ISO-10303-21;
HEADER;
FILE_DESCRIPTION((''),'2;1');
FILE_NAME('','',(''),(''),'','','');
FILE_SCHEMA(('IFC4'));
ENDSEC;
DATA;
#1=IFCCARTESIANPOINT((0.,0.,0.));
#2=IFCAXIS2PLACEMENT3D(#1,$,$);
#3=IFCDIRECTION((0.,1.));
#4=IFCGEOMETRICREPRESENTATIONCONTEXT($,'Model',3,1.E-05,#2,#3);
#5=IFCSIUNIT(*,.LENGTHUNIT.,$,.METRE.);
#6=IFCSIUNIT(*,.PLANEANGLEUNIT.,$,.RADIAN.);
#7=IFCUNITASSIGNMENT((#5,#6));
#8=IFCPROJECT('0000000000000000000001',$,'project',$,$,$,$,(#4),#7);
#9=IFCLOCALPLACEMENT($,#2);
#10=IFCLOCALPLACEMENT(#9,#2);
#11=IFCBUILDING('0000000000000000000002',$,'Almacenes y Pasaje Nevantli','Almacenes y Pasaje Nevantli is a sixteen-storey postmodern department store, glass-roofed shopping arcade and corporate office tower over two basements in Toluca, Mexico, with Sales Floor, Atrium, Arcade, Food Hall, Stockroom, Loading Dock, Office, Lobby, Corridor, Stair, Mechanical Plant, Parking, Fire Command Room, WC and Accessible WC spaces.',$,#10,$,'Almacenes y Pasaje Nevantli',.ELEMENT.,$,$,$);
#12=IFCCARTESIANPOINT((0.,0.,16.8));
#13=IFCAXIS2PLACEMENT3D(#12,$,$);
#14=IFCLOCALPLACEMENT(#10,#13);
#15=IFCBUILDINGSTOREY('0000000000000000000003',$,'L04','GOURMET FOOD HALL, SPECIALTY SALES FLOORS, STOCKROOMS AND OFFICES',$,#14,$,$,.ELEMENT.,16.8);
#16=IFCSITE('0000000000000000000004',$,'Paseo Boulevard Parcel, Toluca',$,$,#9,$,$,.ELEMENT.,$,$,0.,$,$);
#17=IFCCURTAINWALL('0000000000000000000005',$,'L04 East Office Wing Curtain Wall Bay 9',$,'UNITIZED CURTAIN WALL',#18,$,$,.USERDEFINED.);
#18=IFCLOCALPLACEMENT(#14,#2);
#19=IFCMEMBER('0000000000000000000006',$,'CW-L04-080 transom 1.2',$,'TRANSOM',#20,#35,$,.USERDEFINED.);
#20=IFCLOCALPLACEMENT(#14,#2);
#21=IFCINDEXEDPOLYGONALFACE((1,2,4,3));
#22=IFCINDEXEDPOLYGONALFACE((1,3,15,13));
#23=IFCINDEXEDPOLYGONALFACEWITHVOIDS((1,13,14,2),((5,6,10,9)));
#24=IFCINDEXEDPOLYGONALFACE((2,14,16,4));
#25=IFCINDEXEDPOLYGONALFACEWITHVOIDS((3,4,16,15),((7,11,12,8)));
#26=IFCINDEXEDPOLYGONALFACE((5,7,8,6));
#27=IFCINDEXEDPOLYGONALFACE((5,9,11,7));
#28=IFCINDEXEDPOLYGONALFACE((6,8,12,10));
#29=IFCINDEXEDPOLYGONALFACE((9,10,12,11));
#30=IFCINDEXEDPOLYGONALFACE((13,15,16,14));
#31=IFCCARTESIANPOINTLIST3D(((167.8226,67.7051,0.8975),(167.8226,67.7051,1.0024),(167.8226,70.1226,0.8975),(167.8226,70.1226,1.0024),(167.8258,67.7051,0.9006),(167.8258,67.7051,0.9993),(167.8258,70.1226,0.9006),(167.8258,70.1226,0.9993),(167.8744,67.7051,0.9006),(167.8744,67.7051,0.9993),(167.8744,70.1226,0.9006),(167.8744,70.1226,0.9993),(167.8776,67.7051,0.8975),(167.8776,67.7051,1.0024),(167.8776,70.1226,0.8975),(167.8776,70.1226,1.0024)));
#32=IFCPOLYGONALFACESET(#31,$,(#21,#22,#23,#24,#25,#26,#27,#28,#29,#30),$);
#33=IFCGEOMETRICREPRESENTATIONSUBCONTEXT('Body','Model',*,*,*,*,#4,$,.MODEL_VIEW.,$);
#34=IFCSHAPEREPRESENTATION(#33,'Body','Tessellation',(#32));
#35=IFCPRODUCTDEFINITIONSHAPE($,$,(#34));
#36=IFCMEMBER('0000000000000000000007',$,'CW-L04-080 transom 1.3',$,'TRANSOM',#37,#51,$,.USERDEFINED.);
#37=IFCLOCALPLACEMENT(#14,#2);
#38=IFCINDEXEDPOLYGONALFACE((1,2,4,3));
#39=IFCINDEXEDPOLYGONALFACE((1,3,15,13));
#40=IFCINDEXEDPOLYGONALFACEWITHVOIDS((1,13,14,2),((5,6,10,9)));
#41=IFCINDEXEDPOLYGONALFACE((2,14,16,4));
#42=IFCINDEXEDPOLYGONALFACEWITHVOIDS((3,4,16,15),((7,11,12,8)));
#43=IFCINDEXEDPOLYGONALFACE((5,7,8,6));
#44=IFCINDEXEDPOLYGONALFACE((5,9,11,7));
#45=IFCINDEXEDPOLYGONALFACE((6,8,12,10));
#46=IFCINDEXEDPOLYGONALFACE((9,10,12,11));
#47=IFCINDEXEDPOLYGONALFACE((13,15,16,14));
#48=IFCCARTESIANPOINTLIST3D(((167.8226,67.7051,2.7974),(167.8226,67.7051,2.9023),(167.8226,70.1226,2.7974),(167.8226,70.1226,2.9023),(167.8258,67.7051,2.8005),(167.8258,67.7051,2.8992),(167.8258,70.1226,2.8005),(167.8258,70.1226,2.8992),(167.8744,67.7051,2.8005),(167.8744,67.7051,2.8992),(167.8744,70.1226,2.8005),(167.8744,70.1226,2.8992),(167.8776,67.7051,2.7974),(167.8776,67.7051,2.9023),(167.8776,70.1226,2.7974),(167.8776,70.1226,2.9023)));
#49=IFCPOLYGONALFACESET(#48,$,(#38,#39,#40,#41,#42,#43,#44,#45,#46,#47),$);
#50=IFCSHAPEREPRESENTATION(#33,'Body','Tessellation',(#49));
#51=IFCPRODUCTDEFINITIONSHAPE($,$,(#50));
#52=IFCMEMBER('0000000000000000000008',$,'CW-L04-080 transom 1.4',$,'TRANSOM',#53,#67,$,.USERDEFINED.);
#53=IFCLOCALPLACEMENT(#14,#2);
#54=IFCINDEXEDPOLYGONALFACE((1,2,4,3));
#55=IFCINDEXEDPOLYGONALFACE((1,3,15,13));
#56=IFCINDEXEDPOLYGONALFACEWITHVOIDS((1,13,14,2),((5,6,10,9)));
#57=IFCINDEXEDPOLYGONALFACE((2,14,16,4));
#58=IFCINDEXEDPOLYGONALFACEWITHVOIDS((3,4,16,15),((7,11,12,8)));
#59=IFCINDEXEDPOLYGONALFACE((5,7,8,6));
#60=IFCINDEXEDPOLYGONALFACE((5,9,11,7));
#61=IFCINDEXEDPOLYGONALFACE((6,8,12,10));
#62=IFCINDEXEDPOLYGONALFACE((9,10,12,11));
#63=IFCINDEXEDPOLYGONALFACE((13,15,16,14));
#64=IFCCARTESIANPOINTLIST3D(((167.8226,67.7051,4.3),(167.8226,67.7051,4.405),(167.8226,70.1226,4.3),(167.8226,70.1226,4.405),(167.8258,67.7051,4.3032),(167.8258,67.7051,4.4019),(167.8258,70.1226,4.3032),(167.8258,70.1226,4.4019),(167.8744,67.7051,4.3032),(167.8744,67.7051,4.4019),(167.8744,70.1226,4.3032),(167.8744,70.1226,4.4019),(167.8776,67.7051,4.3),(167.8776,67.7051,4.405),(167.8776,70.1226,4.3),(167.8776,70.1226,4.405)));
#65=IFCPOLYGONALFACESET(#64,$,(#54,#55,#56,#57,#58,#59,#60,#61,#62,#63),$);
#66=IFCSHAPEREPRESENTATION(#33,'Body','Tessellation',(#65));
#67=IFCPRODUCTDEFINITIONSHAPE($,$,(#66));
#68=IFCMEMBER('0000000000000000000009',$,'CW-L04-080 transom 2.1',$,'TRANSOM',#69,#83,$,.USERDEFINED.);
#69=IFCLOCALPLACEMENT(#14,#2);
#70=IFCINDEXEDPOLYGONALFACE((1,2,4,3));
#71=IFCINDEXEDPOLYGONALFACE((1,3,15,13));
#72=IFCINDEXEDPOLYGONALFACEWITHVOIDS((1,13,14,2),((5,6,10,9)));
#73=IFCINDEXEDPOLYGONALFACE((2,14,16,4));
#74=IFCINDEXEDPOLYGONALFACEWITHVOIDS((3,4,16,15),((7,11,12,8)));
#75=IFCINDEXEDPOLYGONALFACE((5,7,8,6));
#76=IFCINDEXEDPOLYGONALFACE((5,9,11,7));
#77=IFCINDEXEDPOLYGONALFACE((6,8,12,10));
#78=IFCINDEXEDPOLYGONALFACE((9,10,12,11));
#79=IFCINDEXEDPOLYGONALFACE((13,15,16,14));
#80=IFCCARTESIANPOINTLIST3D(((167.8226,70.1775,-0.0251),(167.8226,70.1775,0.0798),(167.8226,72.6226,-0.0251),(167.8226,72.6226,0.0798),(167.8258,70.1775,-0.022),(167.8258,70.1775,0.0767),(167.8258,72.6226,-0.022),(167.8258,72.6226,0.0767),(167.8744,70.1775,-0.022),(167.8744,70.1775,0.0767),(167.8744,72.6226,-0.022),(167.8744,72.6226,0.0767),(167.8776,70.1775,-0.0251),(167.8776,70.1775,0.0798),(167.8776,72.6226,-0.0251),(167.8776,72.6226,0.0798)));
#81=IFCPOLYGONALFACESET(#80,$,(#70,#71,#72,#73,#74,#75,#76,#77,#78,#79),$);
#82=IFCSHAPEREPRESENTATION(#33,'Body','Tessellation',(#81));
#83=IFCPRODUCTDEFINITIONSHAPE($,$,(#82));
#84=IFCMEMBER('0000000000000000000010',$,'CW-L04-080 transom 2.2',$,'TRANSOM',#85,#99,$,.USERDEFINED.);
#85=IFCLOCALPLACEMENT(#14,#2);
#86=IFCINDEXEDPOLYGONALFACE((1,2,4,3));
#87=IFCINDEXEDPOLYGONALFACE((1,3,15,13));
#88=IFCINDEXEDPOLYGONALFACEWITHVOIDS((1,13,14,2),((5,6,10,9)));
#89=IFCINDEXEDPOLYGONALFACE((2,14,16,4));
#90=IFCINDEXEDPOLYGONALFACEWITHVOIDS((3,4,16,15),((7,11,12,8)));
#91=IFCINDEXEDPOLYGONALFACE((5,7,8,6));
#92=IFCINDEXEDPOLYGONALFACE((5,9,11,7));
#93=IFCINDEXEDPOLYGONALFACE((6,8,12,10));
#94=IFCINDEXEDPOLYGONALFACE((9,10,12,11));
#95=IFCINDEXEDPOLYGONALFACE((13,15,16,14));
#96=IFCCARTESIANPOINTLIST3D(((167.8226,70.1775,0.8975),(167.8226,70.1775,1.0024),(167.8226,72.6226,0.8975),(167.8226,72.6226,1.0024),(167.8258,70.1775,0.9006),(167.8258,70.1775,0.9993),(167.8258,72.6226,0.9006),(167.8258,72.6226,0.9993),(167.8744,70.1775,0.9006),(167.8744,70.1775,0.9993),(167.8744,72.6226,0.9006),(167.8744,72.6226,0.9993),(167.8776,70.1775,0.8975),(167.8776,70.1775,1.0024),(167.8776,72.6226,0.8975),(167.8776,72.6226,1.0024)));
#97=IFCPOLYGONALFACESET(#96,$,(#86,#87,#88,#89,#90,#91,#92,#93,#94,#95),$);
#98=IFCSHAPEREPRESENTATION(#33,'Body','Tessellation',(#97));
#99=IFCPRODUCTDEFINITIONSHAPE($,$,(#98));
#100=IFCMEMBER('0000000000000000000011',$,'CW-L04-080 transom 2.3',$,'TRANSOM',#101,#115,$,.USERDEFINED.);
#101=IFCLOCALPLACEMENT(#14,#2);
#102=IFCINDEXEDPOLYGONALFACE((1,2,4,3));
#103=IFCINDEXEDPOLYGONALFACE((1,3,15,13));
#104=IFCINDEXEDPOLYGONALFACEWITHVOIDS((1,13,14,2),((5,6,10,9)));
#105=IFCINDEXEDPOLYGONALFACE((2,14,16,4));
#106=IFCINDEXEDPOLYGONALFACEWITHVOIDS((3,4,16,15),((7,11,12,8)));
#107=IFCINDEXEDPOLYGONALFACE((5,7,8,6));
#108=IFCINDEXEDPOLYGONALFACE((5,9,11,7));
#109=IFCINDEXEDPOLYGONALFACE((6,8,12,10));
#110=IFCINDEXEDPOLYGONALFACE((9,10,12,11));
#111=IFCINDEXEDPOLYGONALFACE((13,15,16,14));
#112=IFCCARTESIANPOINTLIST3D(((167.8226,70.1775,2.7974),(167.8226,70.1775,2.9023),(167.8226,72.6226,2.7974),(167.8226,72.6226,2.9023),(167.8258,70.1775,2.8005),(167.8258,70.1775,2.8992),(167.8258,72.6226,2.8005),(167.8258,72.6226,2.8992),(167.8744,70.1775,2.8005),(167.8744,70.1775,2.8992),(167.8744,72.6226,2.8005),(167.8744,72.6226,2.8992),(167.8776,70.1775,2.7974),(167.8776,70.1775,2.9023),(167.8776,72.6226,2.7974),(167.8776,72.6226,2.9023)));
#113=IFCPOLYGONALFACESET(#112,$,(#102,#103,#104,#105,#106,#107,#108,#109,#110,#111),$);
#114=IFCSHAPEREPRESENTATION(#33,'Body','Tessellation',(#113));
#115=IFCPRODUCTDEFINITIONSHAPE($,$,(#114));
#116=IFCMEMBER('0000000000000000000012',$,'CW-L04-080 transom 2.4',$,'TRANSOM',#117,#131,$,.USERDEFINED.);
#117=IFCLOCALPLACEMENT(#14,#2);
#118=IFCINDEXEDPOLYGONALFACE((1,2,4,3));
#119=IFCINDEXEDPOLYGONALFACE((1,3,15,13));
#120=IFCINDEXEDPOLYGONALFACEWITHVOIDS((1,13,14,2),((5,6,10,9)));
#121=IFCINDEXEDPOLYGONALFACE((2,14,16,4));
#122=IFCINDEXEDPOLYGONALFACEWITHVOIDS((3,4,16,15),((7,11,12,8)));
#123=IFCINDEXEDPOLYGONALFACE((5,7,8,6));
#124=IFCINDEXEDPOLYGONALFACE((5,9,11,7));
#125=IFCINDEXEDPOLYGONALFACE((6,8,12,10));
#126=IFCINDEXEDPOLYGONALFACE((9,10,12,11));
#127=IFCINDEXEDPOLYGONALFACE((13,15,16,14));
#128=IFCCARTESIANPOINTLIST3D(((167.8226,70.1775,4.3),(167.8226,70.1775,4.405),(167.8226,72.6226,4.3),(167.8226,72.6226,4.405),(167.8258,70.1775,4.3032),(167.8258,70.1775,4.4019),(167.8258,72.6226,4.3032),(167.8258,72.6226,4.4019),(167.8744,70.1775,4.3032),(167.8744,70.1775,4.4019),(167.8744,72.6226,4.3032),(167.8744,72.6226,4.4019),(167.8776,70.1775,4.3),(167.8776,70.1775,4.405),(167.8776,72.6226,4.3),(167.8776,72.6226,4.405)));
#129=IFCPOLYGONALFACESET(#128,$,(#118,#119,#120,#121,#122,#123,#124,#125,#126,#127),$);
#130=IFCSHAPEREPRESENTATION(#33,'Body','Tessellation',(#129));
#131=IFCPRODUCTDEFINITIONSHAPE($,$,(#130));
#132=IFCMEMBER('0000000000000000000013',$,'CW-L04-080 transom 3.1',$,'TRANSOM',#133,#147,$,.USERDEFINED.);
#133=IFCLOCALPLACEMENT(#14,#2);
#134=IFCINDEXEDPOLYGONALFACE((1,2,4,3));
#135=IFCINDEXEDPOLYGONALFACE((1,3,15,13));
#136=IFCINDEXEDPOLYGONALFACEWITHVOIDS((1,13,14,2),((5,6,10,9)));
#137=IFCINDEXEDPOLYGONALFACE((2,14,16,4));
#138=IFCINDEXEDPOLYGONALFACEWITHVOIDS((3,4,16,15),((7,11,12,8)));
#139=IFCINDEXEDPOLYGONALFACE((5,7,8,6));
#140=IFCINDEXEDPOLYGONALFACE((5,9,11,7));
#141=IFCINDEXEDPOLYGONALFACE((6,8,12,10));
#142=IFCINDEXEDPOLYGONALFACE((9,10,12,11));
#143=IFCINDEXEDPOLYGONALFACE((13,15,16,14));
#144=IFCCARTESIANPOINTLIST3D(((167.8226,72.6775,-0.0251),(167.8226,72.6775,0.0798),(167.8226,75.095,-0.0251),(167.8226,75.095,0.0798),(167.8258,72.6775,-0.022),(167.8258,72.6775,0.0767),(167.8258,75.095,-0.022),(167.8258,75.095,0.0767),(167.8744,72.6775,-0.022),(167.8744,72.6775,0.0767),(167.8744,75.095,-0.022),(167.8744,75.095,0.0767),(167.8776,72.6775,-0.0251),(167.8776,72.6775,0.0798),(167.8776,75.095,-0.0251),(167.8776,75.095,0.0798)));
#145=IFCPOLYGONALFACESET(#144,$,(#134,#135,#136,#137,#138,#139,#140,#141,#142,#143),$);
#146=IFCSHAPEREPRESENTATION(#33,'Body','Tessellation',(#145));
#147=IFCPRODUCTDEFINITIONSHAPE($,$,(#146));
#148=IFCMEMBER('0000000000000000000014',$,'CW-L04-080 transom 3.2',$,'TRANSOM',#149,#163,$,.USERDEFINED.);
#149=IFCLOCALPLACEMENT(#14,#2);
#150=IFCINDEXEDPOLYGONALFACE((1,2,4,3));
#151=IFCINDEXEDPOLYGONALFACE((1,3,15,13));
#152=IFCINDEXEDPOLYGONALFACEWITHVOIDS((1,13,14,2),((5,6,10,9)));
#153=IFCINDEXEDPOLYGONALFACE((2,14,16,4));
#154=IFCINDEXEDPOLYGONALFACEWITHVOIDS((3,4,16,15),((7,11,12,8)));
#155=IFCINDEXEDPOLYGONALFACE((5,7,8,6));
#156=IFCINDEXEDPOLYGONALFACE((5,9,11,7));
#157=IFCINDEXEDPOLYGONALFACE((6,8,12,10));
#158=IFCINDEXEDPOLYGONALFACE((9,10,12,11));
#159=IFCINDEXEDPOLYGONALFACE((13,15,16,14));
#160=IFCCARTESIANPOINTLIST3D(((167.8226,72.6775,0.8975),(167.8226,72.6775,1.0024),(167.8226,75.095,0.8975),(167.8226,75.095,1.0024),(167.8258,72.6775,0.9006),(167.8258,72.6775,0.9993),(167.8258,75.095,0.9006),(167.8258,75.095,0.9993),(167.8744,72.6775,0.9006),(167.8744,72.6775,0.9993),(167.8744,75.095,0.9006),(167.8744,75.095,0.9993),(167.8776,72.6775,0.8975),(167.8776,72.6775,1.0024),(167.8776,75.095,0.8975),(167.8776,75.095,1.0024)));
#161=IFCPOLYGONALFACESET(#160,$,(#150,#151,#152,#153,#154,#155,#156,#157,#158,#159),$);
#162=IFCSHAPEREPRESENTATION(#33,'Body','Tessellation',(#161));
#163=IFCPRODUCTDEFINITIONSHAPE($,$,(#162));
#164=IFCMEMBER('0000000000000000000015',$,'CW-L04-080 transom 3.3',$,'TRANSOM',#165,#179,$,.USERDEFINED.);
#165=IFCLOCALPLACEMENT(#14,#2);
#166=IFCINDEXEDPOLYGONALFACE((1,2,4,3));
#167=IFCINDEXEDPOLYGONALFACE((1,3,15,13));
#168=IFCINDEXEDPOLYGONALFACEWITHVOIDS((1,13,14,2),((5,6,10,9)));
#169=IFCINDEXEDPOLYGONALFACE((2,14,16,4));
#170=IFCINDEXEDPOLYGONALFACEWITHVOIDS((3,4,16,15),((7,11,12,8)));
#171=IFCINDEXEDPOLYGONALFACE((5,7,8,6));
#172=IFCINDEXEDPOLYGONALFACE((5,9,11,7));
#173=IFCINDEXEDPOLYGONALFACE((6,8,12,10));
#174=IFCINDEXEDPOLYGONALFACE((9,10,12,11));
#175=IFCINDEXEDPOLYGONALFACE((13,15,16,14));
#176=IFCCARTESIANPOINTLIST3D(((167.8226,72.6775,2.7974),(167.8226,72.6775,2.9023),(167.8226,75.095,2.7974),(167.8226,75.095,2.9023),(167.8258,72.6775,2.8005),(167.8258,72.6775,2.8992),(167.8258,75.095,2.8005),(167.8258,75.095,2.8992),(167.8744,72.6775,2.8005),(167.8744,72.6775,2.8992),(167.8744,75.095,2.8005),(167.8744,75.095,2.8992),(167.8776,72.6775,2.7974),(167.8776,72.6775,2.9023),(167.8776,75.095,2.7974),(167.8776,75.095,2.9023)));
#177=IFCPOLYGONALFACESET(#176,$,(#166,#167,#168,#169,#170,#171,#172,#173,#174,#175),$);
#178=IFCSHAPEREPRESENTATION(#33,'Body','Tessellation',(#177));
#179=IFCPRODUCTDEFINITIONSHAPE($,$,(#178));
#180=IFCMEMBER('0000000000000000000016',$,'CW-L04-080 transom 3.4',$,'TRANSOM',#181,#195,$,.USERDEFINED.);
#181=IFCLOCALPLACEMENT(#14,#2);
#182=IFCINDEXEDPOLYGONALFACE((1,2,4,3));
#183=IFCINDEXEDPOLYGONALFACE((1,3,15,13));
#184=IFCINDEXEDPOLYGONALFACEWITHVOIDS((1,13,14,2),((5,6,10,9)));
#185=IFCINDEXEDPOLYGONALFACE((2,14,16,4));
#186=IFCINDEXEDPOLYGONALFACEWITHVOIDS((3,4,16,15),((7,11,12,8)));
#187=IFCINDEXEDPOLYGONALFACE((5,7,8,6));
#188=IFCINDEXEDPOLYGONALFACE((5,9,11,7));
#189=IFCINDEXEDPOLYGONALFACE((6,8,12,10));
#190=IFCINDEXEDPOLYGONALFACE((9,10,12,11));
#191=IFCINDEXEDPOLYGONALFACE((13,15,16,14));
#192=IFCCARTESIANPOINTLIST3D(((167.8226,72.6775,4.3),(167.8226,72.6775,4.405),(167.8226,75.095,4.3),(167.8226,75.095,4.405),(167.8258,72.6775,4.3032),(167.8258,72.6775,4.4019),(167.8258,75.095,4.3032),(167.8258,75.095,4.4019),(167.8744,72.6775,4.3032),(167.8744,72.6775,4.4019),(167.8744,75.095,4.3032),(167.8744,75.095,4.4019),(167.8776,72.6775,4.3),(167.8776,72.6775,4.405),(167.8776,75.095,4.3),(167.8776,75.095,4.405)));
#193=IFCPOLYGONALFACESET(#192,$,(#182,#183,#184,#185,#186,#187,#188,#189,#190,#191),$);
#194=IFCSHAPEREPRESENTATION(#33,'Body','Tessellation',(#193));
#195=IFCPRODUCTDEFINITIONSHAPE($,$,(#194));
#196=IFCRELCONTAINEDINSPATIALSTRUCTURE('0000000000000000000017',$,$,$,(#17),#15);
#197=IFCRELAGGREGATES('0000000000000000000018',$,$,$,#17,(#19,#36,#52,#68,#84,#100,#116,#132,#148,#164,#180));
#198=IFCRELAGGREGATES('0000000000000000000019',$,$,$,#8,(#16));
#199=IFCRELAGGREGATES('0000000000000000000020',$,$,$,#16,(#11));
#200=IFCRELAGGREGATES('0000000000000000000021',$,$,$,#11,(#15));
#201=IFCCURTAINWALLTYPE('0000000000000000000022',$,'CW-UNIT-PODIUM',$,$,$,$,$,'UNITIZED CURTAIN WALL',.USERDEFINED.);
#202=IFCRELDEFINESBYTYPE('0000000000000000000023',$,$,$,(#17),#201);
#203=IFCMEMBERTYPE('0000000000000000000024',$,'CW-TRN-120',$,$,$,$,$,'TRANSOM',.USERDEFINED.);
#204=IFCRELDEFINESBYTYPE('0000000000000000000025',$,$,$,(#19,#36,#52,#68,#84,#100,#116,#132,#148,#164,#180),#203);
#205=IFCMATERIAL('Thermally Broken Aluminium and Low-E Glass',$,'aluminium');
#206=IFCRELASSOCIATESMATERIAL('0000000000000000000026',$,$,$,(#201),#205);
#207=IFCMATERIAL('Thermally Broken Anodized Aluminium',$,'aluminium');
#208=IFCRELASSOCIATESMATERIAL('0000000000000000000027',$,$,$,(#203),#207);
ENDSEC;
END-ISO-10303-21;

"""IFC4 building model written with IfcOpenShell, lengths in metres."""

from ifc_helpers import new_model, si_unit, direction, frame, origin, origin_2d, place, context, subcontext, project, spatial, hollow_rectangle, extrude, material, material_profile, profile_set, type_object, element, aggregate, save


model = new_model("IFC4")

# Units and contexts
model_context = context("Model", 3, precision=1e-05, world=origin(), true_north=direction((0.0, 1.0)))
body_context = subcontext(model_context, "Body", "Model", "MODEL_VIEW")
ifc_project = project(units=[si_unit("LENGTHUNIT", "METRE"), si_unit("PLANEANGLEUNIT", "RADIAN")], contexts=[model_context])

# Site, building, storey
site_placement = place(None, origin())
site = spatial("IfcSite", under=ifc_project, at=site_placement, Name="Paseo Boulevard Parcel, Toluca", CompositionType="ELEMENT", RefElevation=0.0)
building_placement = place(site_placement, origin())
building = spatial("IfcBuilding", under=site, at=building_placement, Name="Almacenes y Pasaje Nevantli", Description="Almacenes y Pasaje Nevantli is a sixteen-storey postmodern department store, glass-roofed shopping arcade and corporate office tower over two basements in Toluca, Mexico, with Sales Floor, Atrium, Arcade, Food Hall, Stockroom, Loading Dock, Office, Lobby, Corridor, Stair, Mechanical Plant, Parking, Fire Command Room, WC and Accessible WC spaces.", LongName="Almacenes y Pasaje Nevantli", CompositionType="ELEMENT")
storey_placement = place(building_placement, frame((0.0, 0.0, 16.8)))
storey = spatial("IfcBuildingStorey", under=building, at=storey_placement, Name="L04", Description="GOURMET FOOD HALL, SPECIALTY SALES FLOORS, STOCKROOMS AND OFFICES", CompositionType="ELEMENT", Elevation=16.8)

# Curtain wall, members
ifc_material_1 = material(Name="Thermally Broken Aluminium and Low-E Glass", Category="aluminium")
curtain_wall_type = type_object("IfcCurtainWallType", Name="CW-UNIT-PODIUM", ElementType="UNITIZED CURTAIN WALL", PredefinedType="USERDEFINED", material=ifc_material_1)
curtain_wall_placement = place(storey_placement, origin())
curtain_wall = element("IfcCurtainWall", 1, at=curtain_wall_placement, inside=storey, type_object=curtain_wall_type, Name="L04 East Office Wing Curtain Wall Bay 9", ObjectType="UNITIZED CURTAIN WALL", PredefinedType="USERDEFINED")
ifc_material_2 = material(Name="Thermally Broken Anodized Aluminium", Category="aluminium")
ifc_material_profile_1 = material_profile(ifc_material_2, hollow_rectangle(XDim=0.0549, YDim=0.105, WallThickness=0.0032, at=origin_2d()), Name="ALU-TRN-55x105")
ifc_profile_set_1 = profile_set([ifc_material_profile_1], Name="Thermally Broken Anodized Aluminium")
member_type_1 = type_object("IfcMemberType", Name="CW-TRN-120", ElementType="TRANSOM", PredefinedType="USERDEFINED", material=ifc_profile_set_1)
member_1_placement = place(storey_placement, frame((167.8501, 67.7051, 0.95), z_axis=(0.0, 1.0, 0.0), x_axis=(-1.0, 0.0, 0.0)))
member_1 = element("IfcMember", 2, at=member_1_placement, type_object=member_type_1, Name="CW-L04-080 transom 1.2", ObjectType="TRANSOM", PredefinedType="USERDEFINED", context=body_context, shape_type="SweptSolid", body=[
    extrude(hollow_rectangle(XDim=0.0549, YDim=0.105, WallThickness=0.0032, at=origin_2d()), origin(), (0.0, 0.0, 1.0), 2.4175),
])
member_2_placement = place(storey_placement, frame((167.8501, 67.7051, 2.8499), z_axis=(0.0, 1.0, 0.0), x_axis=(-1.0, 0.0, 0.0)))
member_2 = element("IfcMember", 3, at=member_2_placement, type_object=member_type_1, Name="CW-L04-080 transom 1.3", ObjectType="TRANSOM", PredefinedType="USERDEFINED", context=body_context, shape_type="SweptSolid", body=[
    extrude(hollow_rectangle(XDim=0.0549, YDim=0.105, WallThickness=0.0032, at=origin_2d()), origin(), (0.0, 0.0, 1.0), 2.4175),
])
member_3_placement = place(storey_placement, frame((167.8501, 67.7051, 4.3525), z_axis=(0.0, 1.0, 0.0), x_axis=(-1.0, 0.0, 0.0)))
member_3 = element("IfcMember", 4, at=member_3_placement, type_object=member_type_1, Name="CW-L04-080 transom 1.4", ObjectType="TRANSOM", PredefinedType="USERDEFINED", context=body_context, shape_type="SweptSolid", body=[
    extrude(hollow_rectangle(XDim=0.0549, YDim=0.105, WallThickness=0.0032, at=origin_2d()), origin(), (0.0, 0.0, 1.0), 2.4175),
])
member_4_placement = place(storey_placement, frame((167.8501, 70.1775, 0.0273), z_axis=(0.0, 1.0, 0.0), x_axis=(-1.0, 0.0, 0.0)))
member_4 = element("IfcMember", 5, at=member_4_placement, type_object=member_type_1, Name="CW-L04-080 transom 2.1", ObjectType="TRANSOM", PredefinedType="USERDEFINED", context=body_context, shape_type="SweptSolid", body=[
    extrude(hollow_rectangle(XDim=0.0549, YDim=0.105, WallThickness=0.0032, at=origin_2d()), origin(), (0.0, 0.0, 1.0), 2.4451),
])
member_5_placement = place(storey_placement, frame((167.8501, 70.1775, 0.95), z_axis=(0.0, 1.0, 0.0), x_axis=(-1.0, 0.0, 0.0)))
member_5 = element("IfcMember", 6, at=member_5_placement, type_object=member_type_1, Name="CW-L04-080 transom 2.2", ObjectType="TRANSOM", PredefinedType="USERDEFINED", context=body_context, shape_type="SweptSolid", body=[
    extrude(hollow_rectangle(XDim=0.0549, YDim=0.105, WallThickness=0.0032, at=origin_2d()), origin(), (0.0, 0.0, 1.0), 2.4451),
])
member_6_placement = place(storey_placement, frame((167.8501, 70.1775, 2.8499), z_axis=(0.0, 1.0, 0.0), x_axis=(-1.0, 0.0, 0.0)))
member_6 = element("IfcMember", 7, at=member_6_placement, type_object=member_type_1, Name="CW-L04-080 transom 2.3", ObjectType="TRANSOM", PredefinedType="USERDEFINED", context=body_context, shape_type="SweptSolid", body=[
    extrude(hollow_rectangle(XDim=0.0549, YDim=0.105, WallThickness=0.0032, at=origin_2d()), origin(), (0.0, 0.0, 1.0), 2.4451),
])
member_7_placement = place(storey_placement, frame((167.8501, 70.1775, 4.3525), z_axis=(0.0, 1.0, 0.0), x_axis=(-1.0, 0.0, 0.0)))
member_7 = element("IfcMember", 8, at=member_7_placement, type_object=member_type_1, Name="CW-L04-080 transom 2.4", ObjectType="TRANSOM", PredefinedType="USERDEFINED", context=body_context, shape_type="SweptSolid", body=[
    extrude(hollow_rectangle(XDim=0.0549, YDim=0.105, WallThickness=0.0032, at=origin_2d()), origin(), (0.0, 0.0, 1.0), 2.4451),
])
member_8_placement = place(storey_placement, frame((167.8501, 72.6775, 0.0273), z_axis=(0.0, 1.0, 0.0), x_axis=(-1.0, 0.0, 0.0)))
member_8 = element("IfcMember", 9, at=member_8_placement, type_object=member_type_1, Name="CW-L04-080 transom 3.1", ObjectType="TRANSOM", PredefinedType="USERDEFINED", context=body_context, shape_type="SweptSolid", body=[
    extrude(hollow_rectangle(XDim=0.0549, YDim=0.105, WallThickness=0.0032, at=origin_2d()), origin(), (0.0, 0.0, 1.0), 2.4175),
])
member_9_placement = place(storey_placement, frame((167.8501, 72.6775, 0.95), z_axis=(0.0, 1.0, 0.0), x_axis=(-1.0, 0.0, 0.0)))
member_9 = element("IfcMember", 10, at=member_9_placement, type_object=member_type_1, Name="CW-L04-080 transom 3.2", ObjectType="TRANSOM", PredefinedType="USERDEFINED", context=body_context, shape_type="SweptSolid", body=[
    extrude(hollow_rectangle(XDim=0.0549, YDim=0.105, WallThickness=0.0032, at=origin_2d()), origin(), (0.0, 0.0, 1.0), 2.4175),
])
member_10_placement = place(storey_placement, frame((167.8501, 72.6775, 2.8499), z_axis=(0.0, 1.0, 0.0), x_axis=(-1.0, 0.0, 0.0)))
member_10 = element("IfcMember", 11, at=member_10_placement, type_object=member_type_1, Name="CW-L04-080 transom 3.3", ObjectType="TRANSOM", PredefinedType="USERDEFINED", context=body_context, shape_type="SweptSolid", body=[
    extrude(hollow_rectangle(XDim=0.0549, YDim=0.105, WallThickness=0.0032, at=origin_2d()), origin(), (0.0, 0.0, 1.0), 2.4175),
])
member_11_placement = place(storey_placement, frame((167.8501, 72.6775, 4.3525), z_axis=(0.0, 1.0, 0.0), x_axis=(-1.0, 0.0, 0.0)))
member_11 = element("IfcMember", 12, at=member_11_placement, type_object=member_type_1, Name="CW-L04-080 transom 3.4", ObjectType="TRANSOM", PredefinedType="USERDEFINED", context=body_context, shape_type="SweptSolid", body=[
    extrude(hollow_rectangle(XDim=0.0549, YDim=0.105, WallThickness=0.0032, at=origin_2d()), origin(), (0.0, 0.0, 1.0), 2.4175),
])
aggregate(curtain_wall, [member_1, member_2, member_3, member_4, member_5, member_6, member_7, member_8, member_9, member_10, member_11])

save(model, "model.ifc")
